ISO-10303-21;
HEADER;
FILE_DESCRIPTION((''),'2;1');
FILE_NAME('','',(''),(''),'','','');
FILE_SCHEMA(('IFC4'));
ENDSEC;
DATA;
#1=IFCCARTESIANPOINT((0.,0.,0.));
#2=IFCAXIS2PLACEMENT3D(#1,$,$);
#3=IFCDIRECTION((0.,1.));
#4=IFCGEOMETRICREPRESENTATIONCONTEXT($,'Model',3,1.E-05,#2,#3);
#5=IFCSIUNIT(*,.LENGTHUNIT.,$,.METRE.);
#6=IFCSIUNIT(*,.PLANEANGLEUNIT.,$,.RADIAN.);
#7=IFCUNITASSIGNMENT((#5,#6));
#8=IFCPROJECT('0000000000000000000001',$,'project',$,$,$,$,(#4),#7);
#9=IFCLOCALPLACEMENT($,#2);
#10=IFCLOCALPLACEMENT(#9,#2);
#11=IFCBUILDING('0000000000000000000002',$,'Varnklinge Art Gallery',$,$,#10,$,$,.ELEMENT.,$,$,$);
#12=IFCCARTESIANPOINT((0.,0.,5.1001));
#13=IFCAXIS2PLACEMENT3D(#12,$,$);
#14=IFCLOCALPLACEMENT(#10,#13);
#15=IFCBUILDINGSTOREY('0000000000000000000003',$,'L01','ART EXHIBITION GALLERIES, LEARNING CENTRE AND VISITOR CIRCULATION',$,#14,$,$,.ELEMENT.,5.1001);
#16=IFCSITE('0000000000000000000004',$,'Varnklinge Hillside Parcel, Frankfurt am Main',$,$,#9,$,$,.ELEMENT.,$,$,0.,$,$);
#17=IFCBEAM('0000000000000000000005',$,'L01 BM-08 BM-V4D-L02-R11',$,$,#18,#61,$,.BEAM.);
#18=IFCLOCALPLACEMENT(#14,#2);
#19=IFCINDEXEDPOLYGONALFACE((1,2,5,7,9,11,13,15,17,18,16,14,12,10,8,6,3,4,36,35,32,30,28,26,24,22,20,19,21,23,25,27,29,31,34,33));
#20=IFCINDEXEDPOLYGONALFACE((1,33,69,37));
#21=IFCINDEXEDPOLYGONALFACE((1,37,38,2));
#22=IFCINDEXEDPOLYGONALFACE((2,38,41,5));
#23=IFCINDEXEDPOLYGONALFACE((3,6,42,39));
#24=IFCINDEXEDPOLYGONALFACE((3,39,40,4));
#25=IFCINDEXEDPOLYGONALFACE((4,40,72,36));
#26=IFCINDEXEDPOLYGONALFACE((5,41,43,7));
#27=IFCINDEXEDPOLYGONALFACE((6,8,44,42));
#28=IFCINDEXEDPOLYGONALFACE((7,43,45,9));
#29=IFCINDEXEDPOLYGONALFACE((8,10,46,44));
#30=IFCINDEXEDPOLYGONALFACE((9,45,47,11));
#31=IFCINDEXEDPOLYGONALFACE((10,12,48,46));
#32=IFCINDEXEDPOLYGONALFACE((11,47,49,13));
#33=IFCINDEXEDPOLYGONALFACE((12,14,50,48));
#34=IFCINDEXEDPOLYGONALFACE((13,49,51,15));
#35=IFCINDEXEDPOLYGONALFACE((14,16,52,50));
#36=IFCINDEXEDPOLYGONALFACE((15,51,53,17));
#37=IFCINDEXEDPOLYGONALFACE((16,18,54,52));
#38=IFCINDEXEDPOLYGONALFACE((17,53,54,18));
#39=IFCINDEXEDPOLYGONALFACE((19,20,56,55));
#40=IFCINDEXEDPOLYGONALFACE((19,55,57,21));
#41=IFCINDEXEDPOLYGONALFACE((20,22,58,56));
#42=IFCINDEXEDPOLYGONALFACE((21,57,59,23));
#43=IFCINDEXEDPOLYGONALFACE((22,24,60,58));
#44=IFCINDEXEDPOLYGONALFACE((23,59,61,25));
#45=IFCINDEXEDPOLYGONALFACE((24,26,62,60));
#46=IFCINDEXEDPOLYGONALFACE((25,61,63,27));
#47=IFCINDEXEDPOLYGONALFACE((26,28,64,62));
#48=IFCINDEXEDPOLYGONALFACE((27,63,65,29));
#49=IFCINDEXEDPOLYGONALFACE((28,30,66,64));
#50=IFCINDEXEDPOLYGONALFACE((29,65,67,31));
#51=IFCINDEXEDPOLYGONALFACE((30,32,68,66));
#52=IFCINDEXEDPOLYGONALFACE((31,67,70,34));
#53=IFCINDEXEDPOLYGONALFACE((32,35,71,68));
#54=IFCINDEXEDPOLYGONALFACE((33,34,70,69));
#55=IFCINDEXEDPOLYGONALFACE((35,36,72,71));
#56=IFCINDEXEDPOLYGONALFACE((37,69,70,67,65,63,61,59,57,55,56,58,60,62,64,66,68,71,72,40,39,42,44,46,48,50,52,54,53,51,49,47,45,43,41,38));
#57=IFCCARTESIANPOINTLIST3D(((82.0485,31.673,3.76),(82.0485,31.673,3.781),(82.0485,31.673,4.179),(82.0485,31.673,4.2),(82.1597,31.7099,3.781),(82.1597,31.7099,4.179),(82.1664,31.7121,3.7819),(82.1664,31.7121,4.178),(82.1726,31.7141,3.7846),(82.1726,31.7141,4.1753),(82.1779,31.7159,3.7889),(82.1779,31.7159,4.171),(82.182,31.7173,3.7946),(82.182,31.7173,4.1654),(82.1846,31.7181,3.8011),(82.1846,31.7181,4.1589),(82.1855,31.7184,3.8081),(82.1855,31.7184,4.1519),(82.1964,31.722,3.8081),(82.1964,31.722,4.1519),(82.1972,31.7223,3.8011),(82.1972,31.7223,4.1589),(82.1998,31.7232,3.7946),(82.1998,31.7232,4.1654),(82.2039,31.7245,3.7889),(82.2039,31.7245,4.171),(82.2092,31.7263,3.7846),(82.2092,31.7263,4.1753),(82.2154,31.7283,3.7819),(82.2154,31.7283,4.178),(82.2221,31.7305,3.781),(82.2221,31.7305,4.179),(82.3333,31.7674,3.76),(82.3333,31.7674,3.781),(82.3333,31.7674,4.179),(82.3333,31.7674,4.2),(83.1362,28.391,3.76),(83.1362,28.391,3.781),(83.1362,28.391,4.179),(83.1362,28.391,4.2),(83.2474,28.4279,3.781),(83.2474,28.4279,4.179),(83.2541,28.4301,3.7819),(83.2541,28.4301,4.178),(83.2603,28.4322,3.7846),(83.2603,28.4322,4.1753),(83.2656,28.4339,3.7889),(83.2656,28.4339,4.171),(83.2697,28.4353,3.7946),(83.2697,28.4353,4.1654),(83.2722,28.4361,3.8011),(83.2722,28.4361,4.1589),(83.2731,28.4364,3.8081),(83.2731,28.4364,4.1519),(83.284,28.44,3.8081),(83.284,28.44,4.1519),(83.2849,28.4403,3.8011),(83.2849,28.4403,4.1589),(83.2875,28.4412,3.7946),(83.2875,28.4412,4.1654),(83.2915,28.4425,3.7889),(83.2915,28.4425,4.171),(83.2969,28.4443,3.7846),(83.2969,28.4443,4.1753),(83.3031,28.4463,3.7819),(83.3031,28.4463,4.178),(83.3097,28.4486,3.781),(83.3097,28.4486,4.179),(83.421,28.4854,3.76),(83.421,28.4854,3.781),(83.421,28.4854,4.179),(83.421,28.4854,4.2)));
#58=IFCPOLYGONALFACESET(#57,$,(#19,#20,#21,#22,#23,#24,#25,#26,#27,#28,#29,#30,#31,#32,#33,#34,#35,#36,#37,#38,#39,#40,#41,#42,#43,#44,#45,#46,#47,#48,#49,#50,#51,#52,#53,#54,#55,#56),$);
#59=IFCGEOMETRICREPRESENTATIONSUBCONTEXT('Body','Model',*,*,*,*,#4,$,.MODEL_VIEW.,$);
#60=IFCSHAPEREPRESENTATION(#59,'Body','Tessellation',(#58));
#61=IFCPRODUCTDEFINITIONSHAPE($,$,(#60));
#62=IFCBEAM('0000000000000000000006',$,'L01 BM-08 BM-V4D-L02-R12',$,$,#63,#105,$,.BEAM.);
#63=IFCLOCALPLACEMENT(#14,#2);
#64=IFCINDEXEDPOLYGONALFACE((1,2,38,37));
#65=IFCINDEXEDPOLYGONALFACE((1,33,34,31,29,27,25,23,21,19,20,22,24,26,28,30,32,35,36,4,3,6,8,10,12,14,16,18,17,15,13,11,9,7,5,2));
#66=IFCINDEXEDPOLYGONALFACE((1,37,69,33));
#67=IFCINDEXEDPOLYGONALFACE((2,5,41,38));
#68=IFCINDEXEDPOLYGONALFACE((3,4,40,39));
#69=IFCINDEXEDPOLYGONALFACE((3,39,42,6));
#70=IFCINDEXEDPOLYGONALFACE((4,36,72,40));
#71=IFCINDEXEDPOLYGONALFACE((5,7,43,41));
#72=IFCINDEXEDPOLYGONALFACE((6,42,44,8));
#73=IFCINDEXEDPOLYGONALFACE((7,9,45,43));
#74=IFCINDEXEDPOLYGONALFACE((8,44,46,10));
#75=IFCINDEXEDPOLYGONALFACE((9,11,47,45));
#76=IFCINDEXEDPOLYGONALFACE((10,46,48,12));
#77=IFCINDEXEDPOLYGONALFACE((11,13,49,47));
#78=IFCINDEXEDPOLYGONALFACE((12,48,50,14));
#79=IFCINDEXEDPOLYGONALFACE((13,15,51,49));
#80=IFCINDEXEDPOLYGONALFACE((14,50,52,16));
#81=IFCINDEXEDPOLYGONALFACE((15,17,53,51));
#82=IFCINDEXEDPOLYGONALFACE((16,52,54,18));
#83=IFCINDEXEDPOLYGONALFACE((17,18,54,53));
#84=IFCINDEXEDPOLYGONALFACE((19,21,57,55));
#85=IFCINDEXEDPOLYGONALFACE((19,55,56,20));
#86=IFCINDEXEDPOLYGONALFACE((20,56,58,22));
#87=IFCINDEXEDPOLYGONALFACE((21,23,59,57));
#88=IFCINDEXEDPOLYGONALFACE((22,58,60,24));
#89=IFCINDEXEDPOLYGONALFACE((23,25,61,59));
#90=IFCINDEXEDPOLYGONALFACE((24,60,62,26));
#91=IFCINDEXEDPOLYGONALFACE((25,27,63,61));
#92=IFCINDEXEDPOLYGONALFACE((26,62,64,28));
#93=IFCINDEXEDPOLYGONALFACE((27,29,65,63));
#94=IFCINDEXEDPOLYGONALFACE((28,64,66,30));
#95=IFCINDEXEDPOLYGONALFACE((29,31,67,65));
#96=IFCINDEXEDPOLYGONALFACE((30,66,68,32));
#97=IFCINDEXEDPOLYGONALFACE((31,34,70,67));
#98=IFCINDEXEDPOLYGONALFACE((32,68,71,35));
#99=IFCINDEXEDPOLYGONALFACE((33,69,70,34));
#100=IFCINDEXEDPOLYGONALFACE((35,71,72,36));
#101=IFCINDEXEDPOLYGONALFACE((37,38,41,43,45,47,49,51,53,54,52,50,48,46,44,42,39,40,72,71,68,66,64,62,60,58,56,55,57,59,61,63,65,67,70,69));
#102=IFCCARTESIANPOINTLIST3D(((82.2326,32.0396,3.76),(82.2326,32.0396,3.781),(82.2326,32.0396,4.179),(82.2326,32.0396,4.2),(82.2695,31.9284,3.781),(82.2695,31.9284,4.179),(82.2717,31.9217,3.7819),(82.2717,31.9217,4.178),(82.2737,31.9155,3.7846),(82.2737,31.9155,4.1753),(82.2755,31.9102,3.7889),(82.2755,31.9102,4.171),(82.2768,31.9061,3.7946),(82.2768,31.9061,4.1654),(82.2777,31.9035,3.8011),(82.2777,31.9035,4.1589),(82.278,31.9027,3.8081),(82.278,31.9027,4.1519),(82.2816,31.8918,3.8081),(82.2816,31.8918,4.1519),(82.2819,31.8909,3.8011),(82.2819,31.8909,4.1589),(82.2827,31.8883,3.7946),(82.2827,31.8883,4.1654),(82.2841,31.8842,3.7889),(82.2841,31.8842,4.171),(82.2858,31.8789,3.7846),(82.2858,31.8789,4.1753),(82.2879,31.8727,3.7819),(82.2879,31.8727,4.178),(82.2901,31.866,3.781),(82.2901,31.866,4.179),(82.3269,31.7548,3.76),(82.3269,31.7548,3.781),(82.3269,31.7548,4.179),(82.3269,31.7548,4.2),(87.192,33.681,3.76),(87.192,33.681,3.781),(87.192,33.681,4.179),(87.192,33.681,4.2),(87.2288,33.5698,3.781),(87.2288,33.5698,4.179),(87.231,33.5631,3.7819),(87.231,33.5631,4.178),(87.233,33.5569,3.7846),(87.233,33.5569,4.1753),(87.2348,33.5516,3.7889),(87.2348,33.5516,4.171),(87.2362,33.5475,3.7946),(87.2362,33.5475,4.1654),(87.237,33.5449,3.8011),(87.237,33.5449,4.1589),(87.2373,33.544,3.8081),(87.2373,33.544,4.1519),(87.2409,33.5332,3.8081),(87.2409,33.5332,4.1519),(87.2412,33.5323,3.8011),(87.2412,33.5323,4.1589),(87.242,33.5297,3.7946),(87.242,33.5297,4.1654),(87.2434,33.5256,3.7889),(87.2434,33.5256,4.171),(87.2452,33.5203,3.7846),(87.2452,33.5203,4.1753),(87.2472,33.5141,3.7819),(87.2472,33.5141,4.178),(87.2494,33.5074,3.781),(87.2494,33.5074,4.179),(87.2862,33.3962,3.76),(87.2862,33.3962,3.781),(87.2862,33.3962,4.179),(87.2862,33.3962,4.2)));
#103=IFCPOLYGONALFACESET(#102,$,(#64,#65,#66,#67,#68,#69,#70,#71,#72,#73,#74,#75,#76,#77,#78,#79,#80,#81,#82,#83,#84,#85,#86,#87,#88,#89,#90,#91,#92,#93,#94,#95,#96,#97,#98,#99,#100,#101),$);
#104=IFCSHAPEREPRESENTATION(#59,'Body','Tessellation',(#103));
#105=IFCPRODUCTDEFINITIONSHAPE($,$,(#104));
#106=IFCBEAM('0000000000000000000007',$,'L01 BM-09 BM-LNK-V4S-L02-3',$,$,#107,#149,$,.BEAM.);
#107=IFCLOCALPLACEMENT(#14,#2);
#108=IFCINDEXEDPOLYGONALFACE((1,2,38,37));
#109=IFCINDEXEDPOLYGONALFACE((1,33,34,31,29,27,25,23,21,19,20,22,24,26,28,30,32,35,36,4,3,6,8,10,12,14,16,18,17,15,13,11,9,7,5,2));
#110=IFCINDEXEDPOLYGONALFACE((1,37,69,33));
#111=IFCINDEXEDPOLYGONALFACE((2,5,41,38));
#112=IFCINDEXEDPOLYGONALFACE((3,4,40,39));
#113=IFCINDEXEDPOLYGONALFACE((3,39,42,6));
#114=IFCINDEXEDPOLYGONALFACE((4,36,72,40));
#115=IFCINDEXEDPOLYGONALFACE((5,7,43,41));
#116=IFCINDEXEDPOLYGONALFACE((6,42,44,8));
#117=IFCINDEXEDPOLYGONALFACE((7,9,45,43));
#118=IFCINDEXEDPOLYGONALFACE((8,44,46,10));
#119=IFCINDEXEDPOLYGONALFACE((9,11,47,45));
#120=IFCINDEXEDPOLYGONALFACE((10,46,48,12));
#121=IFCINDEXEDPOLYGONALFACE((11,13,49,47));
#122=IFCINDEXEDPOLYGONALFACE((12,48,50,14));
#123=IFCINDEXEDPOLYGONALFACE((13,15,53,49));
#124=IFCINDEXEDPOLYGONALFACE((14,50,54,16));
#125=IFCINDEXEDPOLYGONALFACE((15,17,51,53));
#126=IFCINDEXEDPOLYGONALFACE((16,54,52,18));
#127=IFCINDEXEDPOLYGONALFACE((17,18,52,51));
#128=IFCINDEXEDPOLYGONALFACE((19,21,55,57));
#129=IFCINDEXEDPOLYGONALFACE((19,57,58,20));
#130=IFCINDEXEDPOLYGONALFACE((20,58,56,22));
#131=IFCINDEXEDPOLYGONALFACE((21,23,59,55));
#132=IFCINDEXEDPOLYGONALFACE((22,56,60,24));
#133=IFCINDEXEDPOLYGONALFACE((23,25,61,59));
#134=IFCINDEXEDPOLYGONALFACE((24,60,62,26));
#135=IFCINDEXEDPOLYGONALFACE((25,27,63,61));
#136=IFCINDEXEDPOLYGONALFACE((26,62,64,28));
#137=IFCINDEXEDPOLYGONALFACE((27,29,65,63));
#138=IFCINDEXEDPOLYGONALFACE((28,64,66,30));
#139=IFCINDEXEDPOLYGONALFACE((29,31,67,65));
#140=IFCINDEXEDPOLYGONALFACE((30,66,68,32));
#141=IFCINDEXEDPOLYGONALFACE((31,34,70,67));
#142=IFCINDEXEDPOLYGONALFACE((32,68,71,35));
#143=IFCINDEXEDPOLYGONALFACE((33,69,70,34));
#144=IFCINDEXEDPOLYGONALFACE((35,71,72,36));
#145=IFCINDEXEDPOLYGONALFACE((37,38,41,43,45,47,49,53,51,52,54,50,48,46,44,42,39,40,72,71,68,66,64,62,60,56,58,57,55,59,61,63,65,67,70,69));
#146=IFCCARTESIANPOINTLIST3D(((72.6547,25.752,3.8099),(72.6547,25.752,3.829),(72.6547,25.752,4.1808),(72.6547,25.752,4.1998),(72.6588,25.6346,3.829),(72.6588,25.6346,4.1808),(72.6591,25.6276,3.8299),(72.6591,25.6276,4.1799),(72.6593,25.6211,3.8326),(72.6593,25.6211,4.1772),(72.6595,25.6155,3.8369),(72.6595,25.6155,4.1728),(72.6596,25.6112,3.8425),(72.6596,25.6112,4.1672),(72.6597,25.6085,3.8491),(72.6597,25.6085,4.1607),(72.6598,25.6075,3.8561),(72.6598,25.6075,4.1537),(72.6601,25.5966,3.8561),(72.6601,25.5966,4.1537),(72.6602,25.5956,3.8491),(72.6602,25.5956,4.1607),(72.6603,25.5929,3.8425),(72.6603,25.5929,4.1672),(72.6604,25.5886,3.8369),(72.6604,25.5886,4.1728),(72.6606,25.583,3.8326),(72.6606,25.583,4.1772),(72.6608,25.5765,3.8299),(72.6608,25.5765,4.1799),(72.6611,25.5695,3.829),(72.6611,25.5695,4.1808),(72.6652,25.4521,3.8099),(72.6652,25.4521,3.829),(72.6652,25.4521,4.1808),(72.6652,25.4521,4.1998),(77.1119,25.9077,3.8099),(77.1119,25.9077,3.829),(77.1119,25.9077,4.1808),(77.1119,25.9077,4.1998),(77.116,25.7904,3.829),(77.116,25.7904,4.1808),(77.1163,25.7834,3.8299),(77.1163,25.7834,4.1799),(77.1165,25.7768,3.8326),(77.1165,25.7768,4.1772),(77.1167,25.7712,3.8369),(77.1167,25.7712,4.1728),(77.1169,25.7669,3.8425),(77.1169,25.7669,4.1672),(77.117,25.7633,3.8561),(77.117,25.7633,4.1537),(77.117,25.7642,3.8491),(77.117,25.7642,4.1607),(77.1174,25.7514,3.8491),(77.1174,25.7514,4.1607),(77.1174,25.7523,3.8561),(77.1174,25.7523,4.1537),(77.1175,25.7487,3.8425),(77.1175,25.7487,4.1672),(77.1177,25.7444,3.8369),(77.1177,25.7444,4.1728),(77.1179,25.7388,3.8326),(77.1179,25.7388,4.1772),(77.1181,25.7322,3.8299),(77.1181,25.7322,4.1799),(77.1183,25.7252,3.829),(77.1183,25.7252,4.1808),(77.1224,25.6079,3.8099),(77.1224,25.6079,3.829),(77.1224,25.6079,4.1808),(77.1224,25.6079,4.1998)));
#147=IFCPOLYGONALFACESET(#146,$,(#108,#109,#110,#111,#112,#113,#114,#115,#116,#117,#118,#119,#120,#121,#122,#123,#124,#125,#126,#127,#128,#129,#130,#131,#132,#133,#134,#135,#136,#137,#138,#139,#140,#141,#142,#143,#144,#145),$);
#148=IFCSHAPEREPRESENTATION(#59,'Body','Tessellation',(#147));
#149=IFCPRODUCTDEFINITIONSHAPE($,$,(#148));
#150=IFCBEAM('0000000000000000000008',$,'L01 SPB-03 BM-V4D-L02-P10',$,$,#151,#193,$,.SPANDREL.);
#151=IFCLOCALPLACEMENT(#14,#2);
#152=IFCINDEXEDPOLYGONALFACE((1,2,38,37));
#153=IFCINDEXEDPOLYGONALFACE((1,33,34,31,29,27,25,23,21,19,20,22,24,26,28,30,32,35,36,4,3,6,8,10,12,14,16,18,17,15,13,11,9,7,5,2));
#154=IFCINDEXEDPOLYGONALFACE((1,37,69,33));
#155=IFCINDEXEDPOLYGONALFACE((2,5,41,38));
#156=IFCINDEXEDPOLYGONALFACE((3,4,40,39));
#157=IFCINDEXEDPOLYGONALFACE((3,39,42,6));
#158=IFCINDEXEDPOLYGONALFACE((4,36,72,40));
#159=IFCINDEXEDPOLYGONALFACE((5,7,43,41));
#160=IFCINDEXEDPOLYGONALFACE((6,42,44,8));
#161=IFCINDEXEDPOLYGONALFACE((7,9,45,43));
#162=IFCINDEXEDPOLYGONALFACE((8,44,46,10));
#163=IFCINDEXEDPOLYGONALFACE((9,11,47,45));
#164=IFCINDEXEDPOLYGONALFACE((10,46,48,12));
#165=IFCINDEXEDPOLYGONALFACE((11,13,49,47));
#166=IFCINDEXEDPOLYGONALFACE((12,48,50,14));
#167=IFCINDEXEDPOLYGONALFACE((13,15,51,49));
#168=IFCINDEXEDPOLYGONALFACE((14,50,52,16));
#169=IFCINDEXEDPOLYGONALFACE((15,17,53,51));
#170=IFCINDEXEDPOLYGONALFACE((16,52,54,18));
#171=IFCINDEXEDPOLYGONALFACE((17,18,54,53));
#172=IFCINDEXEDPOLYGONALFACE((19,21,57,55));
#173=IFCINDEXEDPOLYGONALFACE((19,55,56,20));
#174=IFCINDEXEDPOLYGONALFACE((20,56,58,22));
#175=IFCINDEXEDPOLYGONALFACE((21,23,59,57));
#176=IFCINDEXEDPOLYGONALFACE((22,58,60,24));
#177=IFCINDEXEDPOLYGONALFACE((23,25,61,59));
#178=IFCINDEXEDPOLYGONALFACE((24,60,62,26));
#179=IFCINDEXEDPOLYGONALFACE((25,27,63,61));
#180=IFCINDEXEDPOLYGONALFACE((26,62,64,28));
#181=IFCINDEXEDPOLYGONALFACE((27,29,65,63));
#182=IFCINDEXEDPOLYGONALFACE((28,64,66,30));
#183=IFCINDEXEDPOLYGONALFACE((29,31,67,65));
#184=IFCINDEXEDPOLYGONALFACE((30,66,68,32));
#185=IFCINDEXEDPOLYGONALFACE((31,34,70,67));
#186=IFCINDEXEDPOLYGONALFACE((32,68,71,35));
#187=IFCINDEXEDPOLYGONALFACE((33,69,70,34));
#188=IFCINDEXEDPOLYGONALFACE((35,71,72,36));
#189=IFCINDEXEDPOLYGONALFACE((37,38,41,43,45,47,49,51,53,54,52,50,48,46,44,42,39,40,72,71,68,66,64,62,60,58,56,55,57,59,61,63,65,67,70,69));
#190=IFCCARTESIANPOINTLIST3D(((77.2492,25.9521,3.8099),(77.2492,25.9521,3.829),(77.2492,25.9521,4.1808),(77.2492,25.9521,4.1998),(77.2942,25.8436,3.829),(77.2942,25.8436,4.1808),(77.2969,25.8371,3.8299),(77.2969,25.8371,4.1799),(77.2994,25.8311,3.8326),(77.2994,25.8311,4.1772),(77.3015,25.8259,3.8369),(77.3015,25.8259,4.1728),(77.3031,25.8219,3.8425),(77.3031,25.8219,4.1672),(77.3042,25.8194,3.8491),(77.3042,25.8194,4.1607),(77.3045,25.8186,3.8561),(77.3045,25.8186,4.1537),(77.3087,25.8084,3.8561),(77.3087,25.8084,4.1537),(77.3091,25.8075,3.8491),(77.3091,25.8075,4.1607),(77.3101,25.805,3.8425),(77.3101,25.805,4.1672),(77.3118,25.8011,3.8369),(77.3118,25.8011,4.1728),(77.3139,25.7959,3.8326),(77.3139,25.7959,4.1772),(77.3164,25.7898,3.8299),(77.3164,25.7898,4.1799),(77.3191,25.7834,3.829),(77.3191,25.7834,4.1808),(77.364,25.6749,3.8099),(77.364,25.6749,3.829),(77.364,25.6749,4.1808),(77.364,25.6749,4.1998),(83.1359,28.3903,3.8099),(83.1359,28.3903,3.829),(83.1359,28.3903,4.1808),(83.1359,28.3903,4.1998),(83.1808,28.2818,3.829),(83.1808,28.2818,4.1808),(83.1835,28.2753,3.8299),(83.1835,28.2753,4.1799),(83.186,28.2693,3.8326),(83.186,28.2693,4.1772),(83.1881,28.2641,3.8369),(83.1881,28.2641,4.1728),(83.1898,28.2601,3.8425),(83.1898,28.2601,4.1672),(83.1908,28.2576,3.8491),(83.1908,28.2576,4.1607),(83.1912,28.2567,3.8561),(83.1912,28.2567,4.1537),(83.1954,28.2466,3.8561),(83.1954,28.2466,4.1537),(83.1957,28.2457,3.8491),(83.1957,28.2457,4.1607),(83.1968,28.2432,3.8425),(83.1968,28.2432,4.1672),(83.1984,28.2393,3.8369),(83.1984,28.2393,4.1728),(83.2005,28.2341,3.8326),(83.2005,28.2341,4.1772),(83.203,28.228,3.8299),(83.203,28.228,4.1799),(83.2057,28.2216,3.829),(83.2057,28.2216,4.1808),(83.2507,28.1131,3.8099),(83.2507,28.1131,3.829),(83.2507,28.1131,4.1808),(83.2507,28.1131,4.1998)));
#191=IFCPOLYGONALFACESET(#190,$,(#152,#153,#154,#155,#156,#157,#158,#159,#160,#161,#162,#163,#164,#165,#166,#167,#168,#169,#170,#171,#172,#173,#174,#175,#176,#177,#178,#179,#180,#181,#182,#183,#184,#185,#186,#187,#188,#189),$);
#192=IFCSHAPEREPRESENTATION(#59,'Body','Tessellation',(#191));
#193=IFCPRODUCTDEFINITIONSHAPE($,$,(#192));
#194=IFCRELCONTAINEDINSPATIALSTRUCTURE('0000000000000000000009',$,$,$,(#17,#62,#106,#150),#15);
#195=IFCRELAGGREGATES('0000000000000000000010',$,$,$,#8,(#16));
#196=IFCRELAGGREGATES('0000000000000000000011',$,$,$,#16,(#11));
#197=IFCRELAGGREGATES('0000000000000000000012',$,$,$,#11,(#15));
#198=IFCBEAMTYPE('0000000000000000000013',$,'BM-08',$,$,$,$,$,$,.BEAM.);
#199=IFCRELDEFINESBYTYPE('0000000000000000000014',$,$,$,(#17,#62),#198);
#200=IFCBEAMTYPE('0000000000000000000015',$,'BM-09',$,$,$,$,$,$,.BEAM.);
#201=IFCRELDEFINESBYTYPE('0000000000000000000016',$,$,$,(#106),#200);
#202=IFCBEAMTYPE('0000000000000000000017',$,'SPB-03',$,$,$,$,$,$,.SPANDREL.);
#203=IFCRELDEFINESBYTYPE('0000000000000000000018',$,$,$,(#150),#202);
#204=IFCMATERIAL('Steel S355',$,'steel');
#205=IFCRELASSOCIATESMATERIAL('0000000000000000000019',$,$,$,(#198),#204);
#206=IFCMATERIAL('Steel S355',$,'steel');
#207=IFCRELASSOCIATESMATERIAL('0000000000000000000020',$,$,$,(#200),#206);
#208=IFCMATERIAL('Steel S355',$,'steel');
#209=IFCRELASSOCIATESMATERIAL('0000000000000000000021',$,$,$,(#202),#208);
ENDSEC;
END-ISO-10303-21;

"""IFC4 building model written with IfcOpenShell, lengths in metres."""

from ifc_helpers import new_model, si_unit, direction, frame, origin, origin_2d, place, context, subcontext, project, spatial, i_section, extrude, material, material_profile, profile_set, type_object, element, save


model = new_model("IFC4")

# Units and contexts
model_context = context("Model", 3, precision=1e-05, world=origin(), true_north=direction((0.0, 1.0)))
body_context = subcontext(model_context, "Body", "Model", "MODEL_VIEW")
ifc_project = project(units=[si_unit("LENGTHUNIT", "METRE"), si_unit("PLANEANGLEUNIT", "RADIAN")], contexts=[model_context])

# Site, building, storey
site_placement = place(None, origin())
site = spatial("IfcSite", under=ifc_project, at=site_placement, Name="Varnklinge Hillside Parcel, Frankfurt am Main", CompositionType="ELEMENT", RefElevation=0.0)
building_placement = place(site_placement, origin())
building = spatial("IfcBuilding", under=site, at=building_placement, Name="Varnklinge Art Gallery", CompositionType="ELEMENT")
storey_placement = place(building_placement, frame((0.0, 0.0, 5.1001)))
storey = spatial("IfcBuildingStorey", under=building, at=storey_placement, Name="L01", Description="ART EXHIBITION GALLERIES, LEARNING CENTRE AND VISITOR CIRCULATION", CompositionType="ELEMENT", Elevation=5.1001)

# Beams
ifc_material_1 = material(Name="Steel S355", Category="steel")
ifc_material_profile_1 = material_profile(ifc_material_1, i_section(OverallWidth=0.3, OverallDepth=0.4399, WebThickness=0.0115, FlangeThickness=0.021, FilletRadius=0.0271, at=origin_2d()), Name="HEA 450")
ifc_profile_set_1 = profile_set([ifc_material_profile_1], Name="Steel S355")
beam_type_1 = type_object("IfcBeamType", Name="BM-08", PredefinedType="BEAM", material=ifc_profile_set_1)
beam_1_placement = place(storey_placement, frame((82.1909, 31.7202, 3.98), z_axis=(0.314575, -0.949233, 0.0), x_axis=(0.949233, 0.314575, 0.0)))
element("IfcBeam", 1, at=beam_1_placement, inside=storey, type_object=beam_type_1, Name="L01 BM-08 BM-V4D-L02-R11", PredefinedType="BEAM", context=body_context, shape_type="SweptSolid", body=[
    extrude(i_section(OverallWidth=0.3, OverallDepth=0.4399, WebThickness=0.0115, FlangeThickness=0.021, FilletRadius=0.0271, at=origin_2d()), origin(), (0.0, 0.0, 1.0), 3.4575),
])
beam_2_placement = place(storey_placement, frame((82.2798, 31.8972, 3.98), z_axis=(0.949354, 0.314208, 0.0), x_axis=(-0.314208, 0.949354, 0.0)))
element("IfcBeam", 2, at=beam_2_placement, inside=storey, type_object=beam_type_1, Name="L01 BM-08 BM-V4D-L02-R12", PredefinedType="BEAM", context=body_context, shape_type="SweptSolid", body=[
    extrude(i_section(OverallWidth=0.3, OverallDepth=0.4399, WebThickness=0.0115, FlangeThickness=0.021, FilletRadius=0.0271, at=origin_2d()), origin(), (0.0, 0.0, 1.0), 5.2239),
])
ifc_material_2 = material(Name="Steel S355", Category="steel")
ifc_material_profile_2 = material_profile(ifc_material_2, i_section(OverallWidth=0.3, OverallDepth=0.3899, WebThickness=0.011, FlangeThickness=0.019, FilletRadius=0.0271, at=origin_2d()), Name="HEA 400")
ifc_profile_set_2 = profile_set([ifc_material_profile_2], Name="Steel S355")
beam_type_2 = type_object("IfcBeamType", Name="BM-09", PredefinedType="BEAM", material=ifc_profile_set_2)
beam_3_placement = place(storey_placement, frame((77.1172, 25.7578, 4.0049), z_axis=(-0.99939, -0.034924, 0.0), x_axis=(0.034924, -0.99939, 0.0)))
element("IfcBeam", 3, at=beam_3_placement, inside=storey, type_object=beam_type_2, Name="L01 BM-09 BM-LNK-V4S-L02-3", PredefinedType="BEAM", context=body_context, shape_type="SweptSolid", body=[
    extrude(i_section(OverallWidth=0.3, OverallDepth=0.3899, WebThickness=0.011, FlangeThickness=0.019, FilletRadius=0.0271, at=origin_2d()), origin(), (0.0, 0.0, 1.0), 4.46),
])
ifc_material_3 = material(Name="Steel S355", Category="steel")
ifc_material_profile_3 = material_profile(ifc_material_3, i_section(OverallWidth=0.3, OverallDepth=0.3899, WebThickness=0.011, FlangeThickness=0.019, FilletRadius=0.0271, at=origin_2d()), Name="HEA 400")
ifc_profile_set_3 = profile_set([ifc_material_profile_3], Name="Steel S355")
beam_type_3 = type_object("IfcBeamType", Name="SPB-03", PredefinedType="SPANDREL", material=ifc_profile_set_3)
for number, where, z_axis, x_axis, name in (
    (4, (77.3066, 25.8135, 4.0049), (0.923887, 0.382667, 0.0), (-0.382667, 0.923887, 0.0), "L01 SPB-03 BM-V4D-L02-P10"),
):
    element("IfcBeam", number, at=place(storey_placement, frame(where, z_axis=z_axis, x_axis=x_axis)), inside=storey, type_object=beam_type_3, Name=name, PredefinedType="SPANDREL", context=body_context, shape_type="SweptSolid", body=[
        extrude(i_section(OverallWidth=0.3, OverallDepth=0.3899, WebThickness=0.011, FlangeThickness=0.019, FilletRadius=0.0271, at=origin_2d()), origin(), (0.0, 0.0, 1.0), 6.3716),
    ])

save(model, "model.ifc")
